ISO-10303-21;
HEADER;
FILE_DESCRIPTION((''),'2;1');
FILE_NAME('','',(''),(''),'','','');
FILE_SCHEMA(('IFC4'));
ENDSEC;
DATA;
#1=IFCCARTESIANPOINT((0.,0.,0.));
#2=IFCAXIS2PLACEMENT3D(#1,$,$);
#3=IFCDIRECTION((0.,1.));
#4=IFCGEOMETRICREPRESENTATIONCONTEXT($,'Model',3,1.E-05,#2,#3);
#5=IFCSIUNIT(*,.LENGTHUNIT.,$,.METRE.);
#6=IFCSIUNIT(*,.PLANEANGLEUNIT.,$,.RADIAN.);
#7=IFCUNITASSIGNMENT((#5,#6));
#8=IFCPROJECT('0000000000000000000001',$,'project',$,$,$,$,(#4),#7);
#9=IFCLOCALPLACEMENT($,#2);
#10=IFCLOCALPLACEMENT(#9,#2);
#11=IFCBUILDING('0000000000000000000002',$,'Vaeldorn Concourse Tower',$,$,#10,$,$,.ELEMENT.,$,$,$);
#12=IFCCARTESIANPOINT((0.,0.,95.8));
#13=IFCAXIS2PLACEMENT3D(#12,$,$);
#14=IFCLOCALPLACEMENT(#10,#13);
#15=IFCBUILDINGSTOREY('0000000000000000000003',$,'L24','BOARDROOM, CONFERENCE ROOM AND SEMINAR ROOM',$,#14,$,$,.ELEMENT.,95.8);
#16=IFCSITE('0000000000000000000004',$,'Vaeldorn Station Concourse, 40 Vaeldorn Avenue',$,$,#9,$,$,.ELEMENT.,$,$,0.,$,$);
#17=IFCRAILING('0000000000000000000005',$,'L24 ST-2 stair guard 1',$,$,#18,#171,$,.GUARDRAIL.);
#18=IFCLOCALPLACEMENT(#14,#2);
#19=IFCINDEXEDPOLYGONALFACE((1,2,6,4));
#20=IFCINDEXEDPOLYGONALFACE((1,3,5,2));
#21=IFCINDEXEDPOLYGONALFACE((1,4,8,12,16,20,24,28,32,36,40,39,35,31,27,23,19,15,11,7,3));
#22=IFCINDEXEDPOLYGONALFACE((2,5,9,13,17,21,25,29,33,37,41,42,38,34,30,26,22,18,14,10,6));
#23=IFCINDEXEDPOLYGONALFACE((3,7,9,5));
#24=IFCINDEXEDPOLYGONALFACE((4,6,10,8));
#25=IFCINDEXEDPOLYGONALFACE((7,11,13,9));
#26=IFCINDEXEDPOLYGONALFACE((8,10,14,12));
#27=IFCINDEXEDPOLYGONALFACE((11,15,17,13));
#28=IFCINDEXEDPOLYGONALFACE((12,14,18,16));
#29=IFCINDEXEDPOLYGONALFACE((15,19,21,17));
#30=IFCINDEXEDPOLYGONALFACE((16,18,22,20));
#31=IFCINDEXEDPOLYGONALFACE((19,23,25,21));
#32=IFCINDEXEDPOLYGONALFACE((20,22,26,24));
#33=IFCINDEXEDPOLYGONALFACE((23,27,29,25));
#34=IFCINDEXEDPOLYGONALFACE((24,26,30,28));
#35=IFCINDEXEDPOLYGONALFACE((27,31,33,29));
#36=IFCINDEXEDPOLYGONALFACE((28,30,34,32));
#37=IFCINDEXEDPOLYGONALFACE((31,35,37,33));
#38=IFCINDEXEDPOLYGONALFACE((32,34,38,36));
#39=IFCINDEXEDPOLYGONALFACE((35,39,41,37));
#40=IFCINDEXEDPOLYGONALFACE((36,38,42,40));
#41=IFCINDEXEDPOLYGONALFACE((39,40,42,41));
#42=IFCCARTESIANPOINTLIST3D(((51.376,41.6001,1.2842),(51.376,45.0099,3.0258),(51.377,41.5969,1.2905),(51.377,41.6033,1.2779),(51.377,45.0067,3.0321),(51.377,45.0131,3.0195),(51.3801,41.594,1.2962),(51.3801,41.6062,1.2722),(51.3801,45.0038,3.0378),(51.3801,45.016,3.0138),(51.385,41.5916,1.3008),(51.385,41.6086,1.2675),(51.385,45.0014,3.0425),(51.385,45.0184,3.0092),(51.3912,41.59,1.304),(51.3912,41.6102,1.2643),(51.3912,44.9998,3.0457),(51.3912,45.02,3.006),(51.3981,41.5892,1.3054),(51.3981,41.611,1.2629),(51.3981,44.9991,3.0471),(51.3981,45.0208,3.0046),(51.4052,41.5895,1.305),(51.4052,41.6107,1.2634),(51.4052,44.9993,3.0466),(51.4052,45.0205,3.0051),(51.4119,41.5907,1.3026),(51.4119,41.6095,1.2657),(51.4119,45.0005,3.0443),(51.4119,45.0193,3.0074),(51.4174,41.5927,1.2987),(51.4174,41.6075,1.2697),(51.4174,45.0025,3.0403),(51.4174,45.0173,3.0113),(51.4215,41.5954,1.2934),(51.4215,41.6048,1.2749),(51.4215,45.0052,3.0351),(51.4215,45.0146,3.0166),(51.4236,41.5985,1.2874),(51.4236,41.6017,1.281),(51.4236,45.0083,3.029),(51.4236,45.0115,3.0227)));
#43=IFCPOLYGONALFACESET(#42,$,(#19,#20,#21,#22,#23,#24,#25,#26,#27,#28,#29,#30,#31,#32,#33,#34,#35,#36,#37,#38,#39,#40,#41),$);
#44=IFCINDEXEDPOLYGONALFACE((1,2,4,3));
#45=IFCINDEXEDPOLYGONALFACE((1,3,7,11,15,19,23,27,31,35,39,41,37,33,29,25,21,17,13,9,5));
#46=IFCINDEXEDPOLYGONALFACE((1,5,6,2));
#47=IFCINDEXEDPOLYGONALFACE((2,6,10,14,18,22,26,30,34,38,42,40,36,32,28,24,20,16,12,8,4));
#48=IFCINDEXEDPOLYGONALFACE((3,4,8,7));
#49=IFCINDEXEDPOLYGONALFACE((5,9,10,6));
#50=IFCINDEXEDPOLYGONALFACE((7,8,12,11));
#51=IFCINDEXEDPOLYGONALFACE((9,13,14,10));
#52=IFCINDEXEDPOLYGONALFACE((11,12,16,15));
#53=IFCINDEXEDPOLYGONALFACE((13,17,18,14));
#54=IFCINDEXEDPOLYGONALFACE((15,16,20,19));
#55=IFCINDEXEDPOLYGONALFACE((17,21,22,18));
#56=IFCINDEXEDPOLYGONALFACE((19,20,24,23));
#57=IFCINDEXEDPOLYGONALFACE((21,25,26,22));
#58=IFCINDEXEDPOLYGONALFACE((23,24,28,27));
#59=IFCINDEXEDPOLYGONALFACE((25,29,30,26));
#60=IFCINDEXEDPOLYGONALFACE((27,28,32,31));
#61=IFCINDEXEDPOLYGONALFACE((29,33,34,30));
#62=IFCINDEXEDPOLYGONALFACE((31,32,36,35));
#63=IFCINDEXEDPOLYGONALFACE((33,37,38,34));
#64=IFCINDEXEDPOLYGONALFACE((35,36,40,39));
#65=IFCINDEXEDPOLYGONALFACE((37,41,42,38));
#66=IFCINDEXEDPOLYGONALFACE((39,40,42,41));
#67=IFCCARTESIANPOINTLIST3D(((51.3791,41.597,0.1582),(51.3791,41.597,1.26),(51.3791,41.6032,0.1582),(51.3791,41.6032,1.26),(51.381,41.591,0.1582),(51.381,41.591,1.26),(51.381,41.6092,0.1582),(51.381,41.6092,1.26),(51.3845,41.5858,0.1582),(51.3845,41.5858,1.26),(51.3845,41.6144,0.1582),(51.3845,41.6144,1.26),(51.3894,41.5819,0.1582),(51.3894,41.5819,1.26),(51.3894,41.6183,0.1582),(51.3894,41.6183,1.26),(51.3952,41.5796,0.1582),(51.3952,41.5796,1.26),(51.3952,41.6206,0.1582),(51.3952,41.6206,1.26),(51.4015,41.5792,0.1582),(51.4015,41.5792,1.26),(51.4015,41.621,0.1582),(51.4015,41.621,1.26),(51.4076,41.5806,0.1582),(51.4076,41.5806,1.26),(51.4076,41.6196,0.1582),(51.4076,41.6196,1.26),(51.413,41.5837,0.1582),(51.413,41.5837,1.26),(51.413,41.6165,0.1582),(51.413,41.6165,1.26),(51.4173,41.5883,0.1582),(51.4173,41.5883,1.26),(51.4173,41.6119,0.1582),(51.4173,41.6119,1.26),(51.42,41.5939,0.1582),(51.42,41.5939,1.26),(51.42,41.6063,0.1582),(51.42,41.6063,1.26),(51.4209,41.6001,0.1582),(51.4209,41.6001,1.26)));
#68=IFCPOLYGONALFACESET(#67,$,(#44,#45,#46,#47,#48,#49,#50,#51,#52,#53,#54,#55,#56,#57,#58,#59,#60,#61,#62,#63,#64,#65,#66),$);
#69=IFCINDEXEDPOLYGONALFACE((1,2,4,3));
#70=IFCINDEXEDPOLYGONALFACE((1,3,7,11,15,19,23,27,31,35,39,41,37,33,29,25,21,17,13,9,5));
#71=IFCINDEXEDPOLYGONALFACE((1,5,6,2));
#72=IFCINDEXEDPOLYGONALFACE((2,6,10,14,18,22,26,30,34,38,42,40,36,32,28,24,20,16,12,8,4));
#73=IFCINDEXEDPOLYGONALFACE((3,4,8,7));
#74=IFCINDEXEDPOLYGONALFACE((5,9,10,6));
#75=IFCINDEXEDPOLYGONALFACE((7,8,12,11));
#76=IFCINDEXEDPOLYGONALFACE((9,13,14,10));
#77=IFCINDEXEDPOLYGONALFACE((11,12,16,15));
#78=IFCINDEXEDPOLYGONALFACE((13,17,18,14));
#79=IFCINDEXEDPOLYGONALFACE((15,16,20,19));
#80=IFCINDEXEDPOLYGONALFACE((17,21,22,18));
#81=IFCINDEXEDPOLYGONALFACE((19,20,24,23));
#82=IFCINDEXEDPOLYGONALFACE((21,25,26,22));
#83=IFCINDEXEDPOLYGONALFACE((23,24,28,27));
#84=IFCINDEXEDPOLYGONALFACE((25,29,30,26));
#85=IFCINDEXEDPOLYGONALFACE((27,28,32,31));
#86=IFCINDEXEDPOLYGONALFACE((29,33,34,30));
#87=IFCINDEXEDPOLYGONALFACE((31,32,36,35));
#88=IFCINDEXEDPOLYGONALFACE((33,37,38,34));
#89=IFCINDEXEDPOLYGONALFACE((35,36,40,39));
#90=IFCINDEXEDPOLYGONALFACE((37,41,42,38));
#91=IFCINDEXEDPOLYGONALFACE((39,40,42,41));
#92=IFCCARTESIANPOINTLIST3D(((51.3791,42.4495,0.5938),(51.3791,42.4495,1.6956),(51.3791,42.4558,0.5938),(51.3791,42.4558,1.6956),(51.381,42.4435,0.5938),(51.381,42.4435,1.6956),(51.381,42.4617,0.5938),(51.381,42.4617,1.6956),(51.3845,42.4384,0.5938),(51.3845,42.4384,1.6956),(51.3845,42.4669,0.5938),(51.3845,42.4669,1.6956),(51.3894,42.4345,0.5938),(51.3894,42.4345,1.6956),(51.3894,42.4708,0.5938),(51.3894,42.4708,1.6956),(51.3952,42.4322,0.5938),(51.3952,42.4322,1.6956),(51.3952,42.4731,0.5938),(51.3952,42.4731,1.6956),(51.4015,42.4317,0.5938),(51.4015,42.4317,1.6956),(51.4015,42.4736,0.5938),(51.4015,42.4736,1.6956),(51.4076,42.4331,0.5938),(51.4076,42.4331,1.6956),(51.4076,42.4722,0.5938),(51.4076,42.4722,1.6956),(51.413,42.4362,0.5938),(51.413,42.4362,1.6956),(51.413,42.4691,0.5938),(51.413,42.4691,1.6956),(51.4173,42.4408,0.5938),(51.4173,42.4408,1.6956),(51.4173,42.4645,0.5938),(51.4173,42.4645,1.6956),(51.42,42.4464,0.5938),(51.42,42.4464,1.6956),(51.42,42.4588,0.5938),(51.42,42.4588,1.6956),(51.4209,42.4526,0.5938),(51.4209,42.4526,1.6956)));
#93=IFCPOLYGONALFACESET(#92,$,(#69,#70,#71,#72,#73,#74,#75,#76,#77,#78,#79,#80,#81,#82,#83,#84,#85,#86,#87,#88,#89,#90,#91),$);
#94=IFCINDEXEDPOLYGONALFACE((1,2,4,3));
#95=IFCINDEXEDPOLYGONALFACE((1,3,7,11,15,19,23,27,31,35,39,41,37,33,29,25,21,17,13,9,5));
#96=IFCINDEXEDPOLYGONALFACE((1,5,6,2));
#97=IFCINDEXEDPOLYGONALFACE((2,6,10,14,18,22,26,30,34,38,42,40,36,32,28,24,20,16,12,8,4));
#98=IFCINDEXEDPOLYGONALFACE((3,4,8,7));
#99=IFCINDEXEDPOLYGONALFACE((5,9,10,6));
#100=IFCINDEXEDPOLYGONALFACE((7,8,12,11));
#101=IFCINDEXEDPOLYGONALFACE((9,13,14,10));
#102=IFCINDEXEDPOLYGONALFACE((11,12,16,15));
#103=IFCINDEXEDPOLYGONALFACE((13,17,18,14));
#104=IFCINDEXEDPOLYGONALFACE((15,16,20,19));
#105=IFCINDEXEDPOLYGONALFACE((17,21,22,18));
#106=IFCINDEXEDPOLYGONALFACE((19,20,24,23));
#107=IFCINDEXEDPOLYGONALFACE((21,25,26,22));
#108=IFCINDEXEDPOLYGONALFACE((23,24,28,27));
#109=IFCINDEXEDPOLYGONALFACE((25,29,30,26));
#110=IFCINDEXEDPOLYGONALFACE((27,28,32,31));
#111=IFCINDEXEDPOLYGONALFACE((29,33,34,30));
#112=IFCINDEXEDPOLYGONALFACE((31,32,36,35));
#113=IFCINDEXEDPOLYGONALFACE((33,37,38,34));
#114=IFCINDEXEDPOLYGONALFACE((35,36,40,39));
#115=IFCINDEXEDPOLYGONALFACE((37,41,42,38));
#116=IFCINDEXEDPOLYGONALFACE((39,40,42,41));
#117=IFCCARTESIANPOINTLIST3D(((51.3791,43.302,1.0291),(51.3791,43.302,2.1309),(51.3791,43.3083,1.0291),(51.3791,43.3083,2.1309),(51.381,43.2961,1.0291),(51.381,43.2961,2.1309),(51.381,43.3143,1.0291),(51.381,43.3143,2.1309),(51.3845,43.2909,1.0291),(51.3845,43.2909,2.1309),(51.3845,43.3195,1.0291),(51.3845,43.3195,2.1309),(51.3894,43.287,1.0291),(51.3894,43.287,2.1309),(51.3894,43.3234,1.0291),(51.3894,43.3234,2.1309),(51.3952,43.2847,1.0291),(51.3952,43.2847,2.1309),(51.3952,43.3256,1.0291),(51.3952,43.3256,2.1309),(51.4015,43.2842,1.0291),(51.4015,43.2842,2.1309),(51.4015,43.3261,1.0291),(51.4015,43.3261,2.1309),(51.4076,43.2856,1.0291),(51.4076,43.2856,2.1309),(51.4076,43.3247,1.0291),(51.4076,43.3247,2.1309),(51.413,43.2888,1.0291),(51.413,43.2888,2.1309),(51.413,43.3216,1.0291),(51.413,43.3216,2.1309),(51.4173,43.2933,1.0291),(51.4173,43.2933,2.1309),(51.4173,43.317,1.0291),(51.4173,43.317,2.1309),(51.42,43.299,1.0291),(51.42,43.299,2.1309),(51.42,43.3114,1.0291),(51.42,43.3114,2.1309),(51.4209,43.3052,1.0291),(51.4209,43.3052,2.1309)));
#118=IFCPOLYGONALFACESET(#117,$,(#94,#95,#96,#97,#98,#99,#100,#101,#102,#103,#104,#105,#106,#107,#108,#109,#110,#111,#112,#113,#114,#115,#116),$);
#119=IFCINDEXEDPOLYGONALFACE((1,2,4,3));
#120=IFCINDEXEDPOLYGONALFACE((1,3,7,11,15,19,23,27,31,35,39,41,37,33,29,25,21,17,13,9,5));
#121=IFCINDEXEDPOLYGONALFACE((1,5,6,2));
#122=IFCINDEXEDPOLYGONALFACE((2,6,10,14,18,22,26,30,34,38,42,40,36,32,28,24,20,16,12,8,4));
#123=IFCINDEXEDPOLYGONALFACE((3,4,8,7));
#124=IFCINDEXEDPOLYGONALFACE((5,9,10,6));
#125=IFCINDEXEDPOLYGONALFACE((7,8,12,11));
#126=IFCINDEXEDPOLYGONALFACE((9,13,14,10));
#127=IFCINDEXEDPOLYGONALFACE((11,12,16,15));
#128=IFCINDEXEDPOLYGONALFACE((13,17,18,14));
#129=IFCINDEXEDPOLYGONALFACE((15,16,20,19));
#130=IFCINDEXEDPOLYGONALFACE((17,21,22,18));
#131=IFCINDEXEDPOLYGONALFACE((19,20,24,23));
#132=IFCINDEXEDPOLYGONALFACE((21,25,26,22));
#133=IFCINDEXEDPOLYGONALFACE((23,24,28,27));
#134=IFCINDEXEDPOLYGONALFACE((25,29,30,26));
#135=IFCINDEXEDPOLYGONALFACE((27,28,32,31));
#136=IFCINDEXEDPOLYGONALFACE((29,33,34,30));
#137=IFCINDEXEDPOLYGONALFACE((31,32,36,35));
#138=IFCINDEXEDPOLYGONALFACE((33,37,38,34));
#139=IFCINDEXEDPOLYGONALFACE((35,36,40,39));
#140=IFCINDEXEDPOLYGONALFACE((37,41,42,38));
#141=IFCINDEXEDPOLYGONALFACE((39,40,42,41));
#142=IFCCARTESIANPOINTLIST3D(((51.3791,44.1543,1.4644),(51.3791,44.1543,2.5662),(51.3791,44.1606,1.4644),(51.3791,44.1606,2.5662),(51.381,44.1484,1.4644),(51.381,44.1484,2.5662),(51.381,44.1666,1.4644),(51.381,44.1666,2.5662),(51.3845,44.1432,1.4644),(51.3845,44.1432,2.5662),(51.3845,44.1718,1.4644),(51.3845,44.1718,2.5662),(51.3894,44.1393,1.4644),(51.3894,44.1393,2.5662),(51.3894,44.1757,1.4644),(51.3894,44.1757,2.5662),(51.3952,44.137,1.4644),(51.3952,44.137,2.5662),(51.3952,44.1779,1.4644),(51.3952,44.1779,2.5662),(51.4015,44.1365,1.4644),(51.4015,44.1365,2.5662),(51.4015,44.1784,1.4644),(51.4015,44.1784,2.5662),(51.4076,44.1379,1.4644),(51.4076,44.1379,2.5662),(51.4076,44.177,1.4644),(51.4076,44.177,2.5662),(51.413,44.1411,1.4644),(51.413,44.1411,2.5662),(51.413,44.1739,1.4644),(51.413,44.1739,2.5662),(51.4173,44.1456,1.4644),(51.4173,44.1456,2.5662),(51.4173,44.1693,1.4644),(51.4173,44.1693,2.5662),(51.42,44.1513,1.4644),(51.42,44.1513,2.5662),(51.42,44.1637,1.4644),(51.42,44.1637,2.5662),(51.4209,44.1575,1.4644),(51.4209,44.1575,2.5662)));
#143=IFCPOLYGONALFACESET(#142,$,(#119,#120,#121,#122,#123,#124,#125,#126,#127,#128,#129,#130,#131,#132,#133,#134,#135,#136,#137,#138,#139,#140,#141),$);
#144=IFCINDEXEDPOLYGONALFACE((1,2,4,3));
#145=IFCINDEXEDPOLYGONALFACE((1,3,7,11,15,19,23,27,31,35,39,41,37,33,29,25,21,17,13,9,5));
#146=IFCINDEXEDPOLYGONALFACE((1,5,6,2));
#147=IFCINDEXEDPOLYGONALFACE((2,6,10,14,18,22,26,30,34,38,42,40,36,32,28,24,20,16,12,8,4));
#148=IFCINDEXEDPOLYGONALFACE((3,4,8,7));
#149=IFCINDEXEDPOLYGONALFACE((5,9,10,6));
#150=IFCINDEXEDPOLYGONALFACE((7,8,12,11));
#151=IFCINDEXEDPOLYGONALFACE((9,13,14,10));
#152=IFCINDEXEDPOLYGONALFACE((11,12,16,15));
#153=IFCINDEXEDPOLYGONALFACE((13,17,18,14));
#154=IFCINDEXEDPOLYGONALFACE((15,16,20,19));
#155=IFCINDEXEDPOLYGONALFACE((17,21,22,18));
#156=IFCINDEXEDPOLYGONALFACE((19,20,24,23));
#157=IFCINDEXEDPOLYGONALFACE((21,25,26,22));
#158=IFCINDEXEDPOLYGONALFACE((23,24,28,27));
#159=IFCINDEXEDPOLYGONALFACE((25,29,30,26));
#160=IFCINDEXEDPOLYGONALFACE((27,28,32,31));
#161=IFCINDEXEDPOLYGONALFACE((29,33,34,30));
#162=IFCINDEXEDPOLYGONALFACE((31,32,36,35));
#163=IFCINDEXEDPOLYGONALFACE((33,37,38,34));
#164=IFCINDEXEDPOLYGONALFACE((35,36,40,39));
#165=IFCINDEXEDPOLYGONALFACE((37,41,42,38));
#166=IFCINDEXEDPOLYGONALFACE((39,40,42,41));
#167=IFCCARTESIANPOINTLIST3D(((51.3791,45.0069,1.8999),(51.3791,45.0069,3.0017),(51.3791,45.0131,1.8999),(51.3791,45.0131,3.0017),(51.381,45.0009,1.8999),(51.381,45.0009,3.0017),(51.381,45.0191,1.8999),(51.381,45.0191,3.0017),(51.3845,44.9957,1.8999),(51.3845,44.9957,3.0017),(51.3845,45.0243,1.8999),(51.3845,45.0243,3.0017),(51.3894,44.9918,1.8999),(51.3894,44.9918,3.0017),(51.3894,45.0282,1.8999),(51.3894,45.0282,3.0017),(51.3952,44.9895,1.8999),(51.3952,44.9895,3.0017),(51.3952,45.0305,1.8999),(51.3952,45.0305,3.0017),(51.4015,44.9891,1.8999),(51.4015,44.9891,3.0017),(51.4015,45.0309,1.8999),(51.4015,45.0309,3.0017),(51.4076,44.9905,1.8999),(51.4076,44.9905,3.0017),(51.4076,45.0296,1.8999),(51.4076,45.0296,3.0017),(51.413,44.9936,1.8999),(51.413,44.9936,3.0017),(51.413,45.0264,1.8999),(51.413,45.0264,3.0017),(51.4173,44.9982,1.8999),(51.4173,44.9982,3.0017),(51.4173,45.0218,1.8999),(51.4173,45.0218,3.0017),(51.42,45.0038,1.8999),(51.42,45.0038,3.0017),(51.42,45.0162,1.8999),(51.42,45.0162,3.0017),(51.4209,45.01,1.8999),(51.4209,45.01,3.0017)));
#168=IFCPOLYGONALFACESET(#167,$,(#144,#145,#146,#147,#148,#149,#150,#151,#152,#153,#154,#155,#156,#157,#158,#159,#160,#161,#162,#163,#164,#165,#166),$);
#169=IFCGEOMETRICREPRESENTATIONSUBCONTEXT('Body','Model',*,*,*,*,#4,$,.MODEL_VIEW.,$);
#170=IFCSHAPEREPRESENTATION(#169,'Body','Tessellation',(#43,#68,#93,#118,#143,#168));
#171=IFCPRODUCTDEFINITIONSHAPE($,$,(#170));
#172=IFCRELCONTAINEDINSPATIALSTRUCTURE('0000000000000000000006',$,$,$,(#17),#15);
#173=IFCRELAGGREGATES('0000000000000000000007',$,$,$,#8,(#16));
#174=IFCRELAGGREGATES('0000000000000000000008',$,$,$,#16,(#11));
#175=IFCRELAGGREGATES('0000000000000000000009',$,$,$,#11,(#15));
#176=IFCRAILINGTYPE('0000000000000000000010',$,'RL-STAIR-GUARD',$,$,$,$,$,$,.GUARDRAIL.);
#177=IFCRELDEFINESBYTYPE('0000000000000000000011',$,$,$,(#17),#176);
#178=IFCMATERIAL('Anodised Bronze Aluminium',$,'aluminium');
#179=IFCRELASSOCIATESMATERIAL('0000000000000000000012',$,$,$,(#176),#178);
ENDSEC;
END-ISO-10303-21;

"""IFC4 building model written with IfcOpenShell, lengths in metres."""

from ifc_helpers import new_model, si_unit, direction, frame, origin, origin_2d, place, context, subcontext, project, spatial, circle, extrude, material, type_object, element, save


model = new_model("IFC4")

# Units and contexts
model_context = context("Model", 3, precision=1e-05, world=origin(), true_north=direction((0.0, 1.0)))
body_context = subcontext(model_context, "Body", "Model", "MODEL_VIEW")
ifc_project = project(units=[si_unit("LENGTHUNIT", "METRE"), si_unit("PLANEANGLEUNIT", "RADIAN")], contexts=[model_context])

# Site, building, storey
site_placement = place(None, origin())
site = spatial("IfcSite", under=ifc_project, at=site_placement, Name="Vaeldorn Station Concourse, 40 Vaeldorn Avenue", CompositionType="ELEMENT", RefElevation=0.0)
building_placement = place(site_placement, origin())
building = spatial("IfcBuilding", under=site, at=building_placement, Name="Vaeldorn Concourse Tower", CompositionType="ELEMENT")
storey_placement = place(building_placement, frame((0.0, 0.0, 95.8)))
storey = spatial("IfcBuildingStorey", under=building, at=storey_placement, Name="L24", Description="BOARDROOM, CONFERENCE ROOM AND SEMINAR ROOM", CompositionType="ELEMENT", Elevation=95.8)

# Shared definitions
ifc_material_1 = material(Name="Anodised Bronze Aluminium", Category="aluminium")

# Railing
railing_type_1 = type_object("IfcRailingType", Name="RL-STAIR-GUARD", PredefinedType="GUARDRAIL", material=ifc_material_1)
railing_1_placement = place(storey_placement, frame((51.3999, 41.6001, 0.1582)))
element("IfcRailing", 1, at=railing_1_placement, inside=storey, type_object=railing_type_1, Name="L24 ST-2 stair guard 1", PredefinedType="GUARDRAIL", context=body_context, shape_type="SweptSolid", body=[
    extrude(circle(Radius=0.0239, at=origin_2d()), frame((0.0, 0.0, 1.126), z_axis=(0.0, 0.890556, 0.454874), x_axis=(-1.0, 0.0, 0.0)), (0.0, 0.0, 1.0), 3.8289),
    extrude(circle(Radius=0.021, at=origin_2d()), origin(), (0.0, 0.0, 1.0), 1.1018),
    extrude(circle(Radius=0.021, at=origin_2d()), frame((0.0, 0.8525, 0.4355)), (0.0, 0.0, 1.0), 1.1018),
    extrude(circle(Radius=0.021, at=origin_2d()), frame((0.0, 1.7051, 0.8708)), (0.0, 0.0, 1.0), 1.1018),
    extrude(circle(Radius=0.021, at=origin_2d()), frame((0.0, 2.5574, 1.3062)), (0.0, 0.0, 1.0), 1.1018),
    extrude(circle(Radius=0.021, at=origin_2d()), frame((0.0, 3.4099, 1.7417)), (0.0, 0.0, 1.0), 1.1018),
])

save(model, "model.ifc")
